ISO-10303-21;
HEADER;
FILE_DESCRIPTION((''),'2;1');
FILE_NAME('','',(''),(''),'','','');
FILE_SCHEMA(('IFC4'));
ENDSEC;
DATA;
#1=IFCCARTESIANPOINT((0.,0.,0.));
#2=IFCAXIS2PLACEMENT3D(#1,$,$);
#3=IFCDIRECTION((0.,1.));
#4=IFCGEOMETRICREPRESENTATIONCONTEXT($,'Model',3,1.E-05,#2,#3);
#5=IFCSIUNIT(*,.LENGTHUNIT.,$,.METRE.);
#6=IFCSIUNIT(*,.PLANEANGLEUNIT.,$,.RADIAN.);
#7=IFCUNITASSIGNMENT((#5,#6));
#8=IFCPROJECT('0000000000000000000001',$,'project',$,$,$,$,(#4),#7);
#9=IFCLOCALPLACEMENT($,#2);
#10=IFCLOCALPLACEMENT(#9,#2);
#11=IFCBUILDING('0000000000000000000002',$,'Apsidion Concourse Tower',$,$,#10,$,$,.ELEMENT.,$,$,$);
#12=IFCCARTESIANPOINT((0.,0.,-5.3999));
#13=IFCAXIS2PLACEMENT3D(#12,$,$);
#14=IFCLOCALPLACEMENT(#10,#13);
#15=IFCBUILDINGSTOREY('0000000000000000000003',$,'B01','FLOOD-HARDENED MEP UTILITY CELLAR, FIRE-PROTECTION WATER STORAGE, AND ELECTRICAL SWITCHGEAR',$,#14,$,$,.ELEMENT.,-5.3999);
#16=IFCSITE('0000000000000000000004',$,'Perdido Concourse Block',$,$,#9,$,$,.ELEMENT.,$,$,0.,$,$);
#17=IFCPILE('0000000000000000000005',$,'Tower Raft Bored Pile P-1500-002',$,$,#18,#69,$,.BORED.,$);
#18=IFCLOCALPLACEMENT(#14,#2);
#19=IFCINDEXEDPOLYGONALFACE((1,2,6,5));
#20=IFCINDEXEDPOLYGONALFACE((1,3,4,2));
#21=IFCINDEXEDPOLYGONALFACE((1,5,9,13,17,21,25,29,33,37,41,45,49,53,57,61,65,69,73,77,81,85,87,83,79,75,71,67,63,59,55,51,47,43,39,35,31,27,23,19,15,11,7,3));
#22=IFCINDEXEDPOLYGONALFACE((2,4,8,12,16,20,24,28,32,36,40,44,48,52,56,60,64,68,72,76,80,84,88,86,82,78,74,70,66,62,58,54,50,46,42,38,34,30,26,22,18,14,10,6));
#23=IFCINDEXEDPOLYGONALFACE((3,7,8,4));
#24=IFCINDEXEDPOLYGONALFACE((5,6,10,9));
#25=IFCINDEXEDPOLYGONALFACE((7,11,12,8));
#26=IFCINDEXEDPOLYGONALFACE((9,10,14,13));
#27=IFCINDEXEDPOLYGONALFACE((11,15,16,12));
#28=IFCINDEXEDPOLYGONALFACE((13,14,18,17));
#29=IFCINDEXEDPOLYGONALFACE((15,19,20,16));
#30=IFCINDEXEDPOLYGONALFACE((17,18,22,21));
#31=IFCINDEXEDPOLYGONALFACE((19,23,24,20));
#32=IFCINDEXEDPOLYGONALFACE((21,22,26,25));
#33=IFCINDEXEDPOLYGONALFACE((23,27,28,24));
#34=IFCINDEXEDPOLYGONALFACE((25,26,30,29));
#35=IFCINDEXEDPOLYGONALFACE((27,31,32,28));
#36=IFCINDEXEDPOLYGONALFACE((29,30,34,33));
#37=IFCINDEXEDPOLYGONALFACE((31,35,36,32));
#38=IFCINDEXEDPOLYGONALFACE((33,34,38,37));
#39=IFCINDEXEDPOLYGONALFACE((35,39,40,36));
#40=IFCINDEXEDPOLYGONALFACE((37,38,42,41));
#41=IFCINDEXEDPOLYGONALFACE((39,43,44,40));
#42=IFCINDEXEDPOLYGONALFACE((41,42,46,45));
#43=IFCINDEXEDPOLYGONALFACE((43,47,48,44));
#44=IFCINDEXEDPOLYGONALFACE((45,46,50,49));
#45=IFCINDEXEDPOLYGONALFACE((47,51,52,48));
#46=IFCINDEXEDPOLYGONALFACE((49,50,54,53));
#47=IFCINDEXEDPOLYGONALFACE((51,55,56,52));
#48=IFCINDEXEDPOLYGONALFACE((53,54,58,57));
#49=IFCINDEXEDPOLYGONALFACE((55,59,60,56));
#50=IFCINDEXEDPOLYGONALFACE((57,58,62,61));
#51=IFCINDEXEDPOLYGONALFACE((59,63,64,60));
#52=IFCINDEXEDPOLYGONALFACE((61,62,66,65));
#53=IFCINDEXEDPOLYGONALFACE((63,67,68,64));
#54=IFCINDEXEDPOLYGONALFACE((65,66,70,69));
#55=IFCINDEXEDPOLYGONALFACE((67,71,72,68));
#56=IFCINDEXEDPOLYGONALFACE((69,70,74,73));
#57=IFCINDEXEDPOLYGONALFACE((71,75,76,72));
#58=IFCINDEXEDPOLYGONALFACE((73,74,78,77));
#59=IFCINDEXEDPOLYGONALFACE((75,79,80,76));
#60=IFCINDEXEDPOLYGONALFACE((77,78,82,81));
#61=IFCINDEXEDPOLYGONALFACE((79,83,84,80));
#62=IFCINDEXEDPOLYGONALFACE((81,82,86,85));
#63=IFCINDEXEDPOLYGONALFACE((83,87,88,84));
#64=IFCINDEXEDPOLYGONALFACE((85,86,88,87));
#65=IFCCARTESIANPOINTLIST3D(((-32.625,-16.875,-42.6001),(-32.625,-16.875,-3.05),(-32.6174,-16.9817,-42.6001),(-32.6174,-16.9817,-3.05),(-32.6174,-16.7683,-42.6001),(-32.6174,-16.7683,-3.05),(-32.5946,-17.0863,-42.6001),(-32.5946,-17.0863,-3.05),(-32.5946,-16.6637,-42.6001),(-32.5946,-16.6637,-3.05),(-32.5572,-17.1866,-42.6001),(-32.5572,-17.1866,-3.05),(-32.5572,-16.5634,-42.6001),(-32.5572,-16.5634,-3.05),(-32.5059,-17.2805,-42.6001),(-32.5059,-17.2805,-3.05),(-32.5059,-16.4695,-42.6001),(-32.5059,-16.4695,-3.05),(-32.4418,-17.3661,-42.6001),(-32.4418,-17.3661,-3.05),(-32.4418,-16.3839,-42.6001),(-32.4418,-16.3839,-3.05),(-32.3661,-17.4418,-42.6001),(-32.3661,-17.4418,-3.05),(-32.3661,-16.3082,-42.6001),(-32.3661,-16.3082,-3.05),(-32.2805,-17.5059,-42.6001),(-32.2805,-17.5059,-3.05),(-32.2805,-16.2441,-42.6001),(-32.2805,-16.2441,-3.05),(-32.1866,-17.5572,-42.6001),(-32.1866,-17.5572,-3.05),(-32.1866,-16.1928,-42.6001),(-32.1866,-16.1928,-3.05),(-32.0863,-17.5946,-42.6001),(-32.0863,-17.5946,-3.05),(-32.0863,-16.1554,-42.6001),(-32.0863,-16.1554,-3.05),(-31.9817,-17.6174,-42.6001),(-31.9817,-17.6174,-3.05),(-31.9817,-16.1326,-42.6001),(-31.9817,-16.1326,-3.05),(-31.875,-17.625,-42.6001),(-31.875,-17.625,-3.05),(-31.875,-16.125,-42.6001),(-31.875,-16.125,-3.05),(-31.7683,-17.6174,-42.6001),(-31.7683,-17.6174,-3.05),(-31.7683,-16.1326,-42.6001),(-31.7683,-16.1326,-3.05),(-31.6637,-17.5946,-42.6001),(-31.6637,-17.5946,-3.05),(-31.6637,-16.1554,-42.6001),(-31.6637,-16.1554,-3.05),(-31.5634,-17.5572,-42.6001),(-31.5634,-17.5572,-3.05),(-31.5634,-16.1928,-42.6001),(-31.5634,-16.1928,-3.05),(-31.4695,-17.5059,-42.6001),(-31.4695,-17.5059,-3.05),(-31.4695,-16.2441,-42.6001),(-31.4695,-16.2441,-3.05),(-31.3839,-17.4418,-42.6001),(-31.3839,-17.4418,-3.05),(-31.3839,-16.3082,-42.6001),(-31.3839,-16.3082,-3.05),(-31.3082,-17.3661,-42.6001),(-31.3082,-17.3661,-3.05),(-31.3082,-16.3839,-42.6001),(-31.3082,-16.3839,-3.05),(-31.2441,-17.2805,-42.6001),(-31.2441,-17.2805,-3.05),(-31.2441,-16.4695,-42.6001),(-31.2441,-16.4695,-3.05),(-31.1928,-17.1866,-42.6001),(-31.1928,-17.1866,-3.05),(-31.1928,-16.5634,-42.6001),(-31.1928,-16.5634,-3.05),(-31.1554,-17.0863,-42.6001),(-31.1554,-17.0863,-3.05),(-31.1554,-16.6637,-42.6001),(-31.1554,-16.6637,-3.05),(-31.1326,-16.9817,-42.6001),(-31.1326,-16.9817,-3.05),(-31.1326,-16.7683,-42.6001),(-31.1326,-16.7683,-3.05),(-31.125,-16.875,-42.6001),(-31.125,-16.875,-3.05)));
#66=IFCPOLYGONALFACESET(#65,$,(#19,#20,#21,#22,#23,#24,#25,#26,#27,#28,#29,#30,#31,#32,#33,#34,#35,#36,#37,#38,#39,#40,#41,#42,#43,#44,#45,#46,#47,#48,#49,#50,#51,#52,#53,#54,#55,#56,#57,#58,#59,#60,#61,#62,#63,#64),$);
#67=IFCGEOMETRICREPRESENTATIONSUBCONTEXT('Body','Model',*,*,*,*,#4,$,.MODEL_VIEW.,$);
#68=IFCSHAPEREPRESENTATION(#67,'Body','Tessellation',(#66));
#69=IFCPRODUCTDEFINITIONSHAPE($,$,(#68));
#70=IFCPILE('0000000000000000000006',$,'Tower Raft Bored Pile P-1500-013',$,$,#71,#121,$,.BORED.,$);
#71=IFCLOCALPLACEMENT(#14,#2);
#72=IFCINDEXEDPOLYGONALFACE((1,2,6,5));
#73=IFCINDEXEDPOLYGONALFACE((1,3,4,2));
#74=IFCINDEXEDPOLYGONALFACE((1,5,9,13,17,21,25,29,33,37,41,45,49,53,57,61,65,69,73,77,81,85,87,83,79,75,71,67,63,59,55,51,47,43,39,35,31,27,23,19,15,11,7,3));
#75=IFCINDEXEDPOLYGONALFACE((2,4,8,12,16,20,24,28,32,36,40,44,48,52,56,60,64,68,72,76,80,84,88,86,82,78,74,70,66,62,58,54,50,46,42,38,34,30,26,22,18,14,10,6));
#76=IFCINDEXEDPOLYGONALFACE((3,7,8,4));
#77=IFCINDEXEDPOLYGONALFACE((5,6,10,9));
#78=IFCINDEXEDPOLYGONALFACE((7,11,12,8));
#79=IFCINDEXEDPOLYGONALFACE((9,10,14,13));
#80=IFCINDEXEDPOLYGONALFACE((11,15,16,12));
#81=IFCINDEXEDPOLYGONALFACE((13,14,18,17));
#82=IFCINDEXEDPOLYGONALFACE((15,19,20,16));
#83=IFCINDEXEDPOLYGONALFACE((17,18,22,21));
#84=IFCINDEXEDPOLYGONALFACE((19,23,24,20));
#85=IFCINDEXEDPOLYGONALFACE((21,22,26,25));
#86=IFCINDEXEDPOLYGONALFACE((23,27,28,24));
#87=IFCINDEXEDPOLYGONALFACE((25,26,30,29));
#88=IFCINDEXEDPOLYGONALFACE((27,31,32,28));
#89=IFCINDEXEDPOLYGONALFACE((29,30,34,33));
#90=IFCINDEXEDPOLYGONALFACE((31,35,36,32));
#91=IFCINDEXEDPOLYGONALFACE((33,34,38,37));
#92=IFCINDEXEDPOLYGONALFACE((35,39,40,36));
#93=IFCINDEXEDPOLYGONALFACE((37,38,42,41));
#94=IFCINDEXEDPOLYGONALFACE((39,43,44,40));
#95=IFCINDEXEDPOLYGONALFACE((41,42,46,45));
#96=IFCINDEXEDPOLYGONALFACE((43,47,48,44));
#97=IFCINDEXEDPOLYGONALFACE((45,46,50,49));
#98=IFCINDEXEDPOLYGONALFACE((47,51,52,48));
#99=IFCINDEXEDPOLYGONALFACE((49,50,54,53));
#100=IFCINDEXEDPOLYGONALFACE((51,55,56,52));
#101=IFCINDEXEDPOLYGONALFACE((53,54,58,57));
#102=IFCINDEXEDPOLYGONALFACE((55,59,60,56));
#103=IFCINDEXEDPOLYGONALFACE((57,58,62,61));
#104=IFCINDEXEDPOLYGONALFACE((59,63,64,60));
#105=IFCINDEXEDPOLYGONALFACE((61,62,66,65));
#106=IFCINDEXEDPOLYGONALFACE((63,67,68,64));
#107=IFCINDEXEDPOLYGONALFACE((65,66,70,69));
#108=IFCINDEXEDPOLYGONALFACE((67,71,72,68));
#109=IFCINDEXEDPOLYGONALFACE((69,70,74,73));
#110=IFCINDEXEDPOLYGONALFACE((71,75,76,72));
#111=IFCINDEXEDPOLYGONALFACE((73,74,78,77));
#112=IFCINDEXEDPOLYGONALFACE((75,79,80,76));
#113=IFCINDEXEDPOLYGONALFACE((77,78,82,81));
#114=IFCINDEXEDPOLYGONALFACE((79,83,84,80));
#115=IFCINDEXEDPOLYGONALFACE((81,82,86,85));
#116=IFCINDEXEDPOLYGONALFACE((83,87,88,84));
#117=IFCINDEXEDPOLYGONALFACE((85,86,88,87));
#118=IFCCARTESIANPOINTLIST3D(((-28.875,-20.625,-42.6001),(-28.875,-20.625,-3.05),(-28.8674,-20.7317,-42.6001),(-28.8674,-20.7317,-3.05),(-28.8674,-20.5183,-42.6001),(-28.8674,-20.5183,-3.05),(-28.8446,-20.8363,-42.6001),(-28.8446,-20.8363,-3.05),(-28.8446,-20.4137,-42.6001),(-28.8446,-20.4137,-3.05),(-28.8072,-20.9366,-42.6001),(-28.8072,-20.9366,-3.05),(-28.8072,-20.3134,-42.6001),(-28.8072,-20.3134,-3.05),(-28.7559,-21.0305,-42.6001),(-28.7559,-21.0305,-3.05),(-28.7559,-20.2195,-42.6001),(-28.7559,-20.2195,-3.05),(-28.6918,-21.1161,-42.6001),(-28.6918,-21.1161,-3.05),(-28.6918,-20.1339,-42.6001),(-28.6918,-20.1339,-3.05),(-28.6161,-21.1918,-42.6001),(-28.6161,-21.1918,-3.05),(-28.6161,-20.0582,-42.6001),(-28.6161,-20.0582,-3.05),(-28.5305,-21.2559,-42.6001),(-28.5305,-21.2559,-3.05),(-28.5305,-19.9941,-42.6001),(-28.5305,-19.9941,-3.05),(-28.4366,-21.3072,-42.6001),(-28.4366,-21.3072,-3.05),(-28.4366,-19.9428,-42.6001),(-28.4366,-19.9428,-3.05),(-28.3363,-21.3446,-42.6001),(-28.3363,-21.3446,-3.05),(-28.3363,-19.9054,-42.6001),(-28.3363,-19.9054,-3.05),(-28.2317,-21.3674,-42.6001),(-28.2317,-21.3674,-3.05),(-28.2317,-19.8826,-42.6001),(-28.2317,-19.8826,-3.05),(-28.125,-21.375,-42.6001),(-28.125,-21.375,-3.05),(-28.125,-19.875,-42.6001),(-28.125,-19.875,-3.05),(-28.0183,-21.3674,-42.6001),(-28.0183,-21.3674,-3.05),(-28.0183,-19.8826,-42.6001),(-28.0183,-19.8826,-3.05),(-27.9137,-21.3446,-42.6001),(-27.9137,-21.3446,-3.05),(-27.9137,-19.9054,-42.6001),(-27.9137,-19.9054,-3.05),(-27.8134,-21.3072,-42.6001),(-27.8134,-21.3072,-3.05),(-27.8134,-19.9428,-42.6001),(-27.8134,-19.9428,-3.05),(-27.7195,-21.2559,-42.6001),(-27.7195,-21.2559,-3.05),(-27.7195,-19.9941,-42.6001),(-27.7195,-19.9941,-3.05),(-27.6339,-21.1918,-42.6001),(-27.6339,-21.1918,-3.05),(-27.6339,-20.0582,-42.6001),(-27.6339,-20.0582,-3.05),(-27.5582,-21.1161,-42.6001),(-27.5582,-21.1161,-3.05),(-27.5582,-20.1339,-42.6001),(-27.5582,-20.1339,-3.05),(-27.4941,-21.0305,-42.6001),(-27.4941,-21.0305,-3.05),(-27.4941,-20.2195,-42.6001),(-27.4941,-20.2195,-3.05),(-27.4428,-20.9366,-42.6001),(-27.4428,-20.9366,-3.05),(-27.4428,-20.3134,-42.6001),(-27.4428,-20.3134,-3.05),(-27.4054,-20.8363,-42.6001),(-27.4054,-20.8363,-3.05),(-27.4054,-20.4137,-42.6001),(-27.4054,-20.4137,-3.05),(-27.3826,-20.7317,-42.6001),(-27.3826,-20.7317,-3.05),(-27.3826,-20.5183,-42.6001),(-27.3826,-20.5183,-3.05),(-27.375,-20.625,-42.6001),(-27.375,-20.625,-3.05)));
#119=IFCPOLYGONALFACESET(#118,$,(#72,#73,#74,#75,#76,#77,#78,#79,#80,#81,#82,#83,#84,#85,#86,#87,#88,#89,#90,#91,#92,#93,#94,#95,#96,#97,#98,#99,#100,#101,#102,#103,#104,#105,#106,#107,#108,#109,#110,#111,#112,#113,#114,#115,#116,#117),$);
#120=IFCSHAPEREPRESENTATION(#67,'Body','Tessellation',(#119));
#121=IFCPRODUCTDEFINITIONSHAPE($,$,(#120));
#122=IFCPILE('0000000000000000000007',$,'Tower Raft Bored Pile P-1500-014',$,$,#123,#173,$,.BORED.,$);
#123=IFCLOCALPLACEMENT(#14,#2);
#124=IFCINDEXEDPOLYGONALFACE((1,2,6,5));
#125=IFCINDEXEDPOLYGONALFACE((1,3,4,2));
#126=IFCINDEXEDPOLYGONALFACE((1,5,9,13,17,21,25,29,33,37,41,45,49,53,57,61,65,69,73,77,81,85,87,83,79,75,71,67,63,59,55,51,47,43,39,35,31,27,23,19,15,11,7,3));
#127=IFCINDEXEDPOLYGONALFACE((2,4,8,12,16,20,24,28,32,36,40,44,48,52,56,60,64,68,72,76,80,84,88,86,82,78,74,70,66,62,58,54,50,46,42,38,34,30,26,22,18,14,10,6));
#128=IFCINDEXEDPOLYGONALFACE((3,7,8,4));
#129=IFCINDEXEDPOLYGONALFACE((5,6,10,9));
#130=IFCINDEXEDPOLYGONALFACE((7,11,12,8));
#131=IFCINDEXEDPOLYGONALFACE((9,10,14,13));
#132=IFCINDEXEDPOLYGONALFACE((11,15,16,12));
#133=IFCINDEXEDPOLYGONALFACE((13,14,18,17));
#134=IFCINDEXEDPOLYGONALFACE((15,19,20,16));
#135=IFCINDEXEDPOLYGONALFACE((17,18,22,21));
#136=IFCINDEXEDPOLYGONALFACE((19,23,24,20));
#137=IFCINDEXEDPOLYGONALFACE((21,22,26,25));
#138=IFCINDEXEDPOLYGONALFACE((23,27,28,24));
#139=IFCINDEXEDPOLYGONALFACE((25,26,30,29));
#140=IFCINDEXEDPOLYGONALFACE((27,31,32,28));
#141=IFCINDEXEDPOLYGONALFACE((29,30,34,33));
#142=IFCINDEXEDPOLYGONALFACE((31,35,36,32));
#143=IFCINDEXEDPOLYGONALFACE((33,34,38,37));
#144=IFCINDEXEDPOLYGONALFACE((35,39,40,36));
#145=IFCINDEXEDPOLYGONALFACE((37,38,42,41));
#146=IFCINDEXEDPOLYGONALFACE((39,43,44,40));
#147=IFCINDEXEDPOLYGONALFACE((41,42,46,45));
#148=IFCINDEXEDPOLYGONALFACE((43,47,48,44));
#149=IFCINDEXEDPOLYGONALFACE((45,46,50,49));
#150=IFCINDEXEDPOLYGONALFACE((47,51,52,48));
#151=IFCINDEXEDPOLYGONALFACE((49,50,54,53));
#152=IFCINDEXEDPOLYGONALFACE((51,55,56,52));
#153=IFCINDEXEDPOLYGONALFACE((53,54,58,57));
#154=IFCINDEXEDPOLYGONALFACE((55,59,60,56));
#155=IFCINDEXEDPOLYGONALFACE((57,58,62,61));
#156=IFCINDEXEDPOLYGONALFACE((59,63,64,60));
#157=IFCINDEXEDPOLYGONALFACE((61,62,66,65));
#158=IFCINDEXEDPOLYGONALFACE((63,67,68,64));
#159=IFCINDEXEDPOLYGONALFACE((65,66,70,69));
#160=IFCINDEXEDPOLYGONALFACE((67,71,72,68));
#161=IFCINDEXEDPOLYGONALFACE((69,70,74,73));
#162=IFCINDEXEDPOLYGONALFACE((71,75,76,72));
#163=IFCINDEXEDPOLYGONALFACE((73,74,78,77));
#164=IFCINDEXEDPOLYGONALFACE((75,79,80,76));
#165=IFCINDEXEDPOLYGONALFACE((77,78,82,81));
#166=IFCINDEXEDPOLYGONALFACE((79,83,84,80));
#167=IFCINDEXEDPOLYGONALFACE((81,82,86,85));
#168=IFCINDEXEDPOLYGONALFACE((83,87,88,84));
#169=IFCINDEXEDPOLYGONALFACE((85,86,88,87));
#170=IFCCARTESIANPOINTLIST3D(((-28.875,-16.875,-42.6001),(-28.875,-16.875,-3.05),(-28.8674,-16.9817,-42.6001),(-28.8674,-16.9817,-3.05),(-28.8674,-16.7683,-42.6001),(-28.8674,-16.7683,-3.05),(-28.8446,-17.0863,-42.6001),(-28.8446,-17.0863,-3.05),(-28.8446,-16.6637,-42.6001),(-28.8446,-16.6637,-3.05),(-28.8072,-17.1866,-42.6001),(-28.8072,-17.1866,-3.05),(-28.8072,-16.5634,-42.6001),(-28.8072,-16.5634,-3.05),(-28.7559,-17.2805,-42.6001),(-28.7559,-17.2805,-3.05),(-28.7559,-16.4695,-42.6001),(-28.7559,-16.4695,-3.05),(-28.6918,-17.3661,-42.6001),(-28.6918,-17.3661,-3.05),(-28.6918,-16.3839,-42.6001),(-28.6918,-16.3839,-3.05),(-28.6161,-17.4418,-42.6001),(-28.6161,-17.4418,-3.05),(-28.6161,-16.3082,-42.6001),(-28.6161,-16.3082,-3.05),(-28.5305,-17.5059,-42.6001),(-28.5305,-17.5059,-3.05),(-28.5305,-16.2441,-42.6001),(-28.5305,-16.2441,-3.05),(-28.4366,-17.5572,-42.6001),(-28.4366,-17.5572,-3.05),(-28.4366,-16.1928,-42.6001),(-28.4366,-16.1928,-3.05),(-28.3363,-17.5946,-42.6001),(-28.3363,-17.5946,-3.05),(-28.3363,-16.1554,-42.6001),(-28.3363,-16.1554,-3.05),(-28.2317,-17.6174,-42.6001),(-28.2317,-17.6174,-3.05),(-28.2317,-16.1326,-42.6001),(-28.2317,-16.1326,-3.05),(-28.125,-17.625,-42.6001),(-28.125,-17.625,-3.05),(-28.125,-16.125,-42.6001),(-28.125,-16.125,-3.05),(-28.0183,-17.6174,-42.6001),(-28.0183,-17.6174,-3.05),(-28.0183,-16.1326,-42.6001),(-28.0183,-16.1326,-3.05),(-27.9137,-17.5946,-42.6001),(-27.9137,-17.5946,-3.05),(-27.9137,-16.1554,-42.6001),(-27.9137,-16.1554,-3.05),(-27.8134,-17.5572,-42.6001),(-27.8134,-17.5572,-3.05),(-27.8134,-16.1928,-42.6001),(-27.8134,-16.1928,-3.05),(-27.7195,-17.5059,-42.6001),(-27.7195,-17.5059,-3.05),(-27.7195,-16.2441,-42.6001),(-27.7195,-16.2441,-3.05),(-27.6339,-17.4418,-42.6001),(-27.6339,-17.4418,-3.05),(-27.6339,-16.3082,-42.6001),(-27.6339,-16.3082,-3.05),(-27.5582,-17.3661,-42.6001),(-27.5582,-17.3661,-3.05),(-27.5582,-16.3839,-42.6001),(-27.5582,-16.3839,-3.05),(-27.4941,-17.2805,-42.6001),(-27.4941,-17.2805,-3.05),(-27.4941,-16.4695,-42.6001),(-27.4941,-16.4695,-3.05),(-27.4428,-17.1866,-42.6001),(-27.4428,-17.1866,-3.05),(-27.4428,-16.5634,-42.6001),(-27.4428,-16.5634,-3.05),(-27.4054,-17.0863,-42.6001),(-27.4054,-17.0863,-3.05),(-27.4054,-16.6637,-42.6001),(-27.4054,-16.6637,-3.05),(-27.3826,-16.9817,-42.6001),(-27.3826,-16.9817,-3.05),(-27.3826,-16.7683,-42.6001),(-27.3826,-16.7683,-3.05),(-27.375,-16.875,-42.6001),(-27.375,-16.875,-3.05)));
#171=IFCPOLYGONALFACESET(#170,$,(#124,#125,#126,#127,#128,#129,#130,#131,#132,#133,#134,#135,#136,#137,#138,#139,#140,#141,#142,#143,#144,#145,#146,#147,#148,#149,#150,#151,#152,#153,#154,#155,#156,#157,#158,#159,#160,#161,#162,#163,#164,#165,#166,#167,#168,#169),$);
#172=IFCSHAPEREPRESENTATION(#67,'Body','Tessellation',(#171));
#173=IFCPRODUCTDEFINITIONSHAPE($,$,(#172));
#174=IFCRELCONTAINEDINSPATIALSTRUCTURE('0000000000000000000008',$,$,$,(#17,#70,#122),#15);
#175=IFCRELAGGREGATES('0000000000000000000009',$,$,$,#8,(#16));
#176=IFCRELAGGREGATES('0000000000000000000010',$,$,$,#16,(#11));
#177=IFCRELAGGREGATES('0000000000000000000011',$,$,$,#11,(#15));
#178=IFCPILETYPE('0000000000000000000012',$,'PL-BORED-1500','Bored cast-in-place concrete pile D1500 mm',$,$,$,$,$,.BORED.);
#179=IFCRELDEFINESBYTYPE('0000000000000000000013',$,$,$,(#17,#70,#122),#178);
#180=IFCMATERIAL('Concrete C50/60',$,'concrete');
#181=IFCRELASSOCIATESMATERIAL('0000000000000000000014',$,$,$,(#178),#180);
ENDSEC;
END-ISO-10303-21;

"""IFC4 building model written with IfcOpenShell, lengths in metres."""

from ifc_helpers import new_model, si_unit, direction, frame, origin, origin_2d, place, context, subcontext, project, spatial, circle, extrude, material, material_profile, profile_set, type_object, element, save


model = new_model("IFC4")

# Units and contexts
model_context = context("Model", 3, precision=1e-05, world=origin(), true_north=direction((0.0, 1.0)))
body_context = subcontext(model_context, "Body", "Model", "MODEL_VIEW")
ifc_project = project(units=[si_unit("LENGTHUNIT", "METRE"), si_unit("PLANEANGLEUNIT", "RADIAN")], contexts=[model_context])

# Site, building, storey
site_placement = place(None, origin())
site = spatial("IfcSite", under=ifc_project, at=site_placement, Name="Perdido Concourse Block", CompositionType="ELEMENT", RefElevation=0.0)
building_placement = place(site_placement, origin())
building = spatial("IfcBuilding", under=site, at=building_placement, Name="Apsidion Concourse Tower", CompositionType="ELEMENT")
storey_placement = place(building_placement, frame((0.0, 0.0, -5.3999)))
storey = spatial("IfcBuildingStorey", under=building, at=storey_placement, Name="B01", Description="FLOOD-HARDENED MEP UTILITY CELLAR, FIRE-PROTECTION WATER STORAGE, AND ELECTRICAL SWITCHGEAR", CompositionType="ELEMENT", Elevation=-5.3999)

# Shared definitions
ifc_material_1 = material(Name="Concrete C50/60", Category="concrete")

# Piles
ifc_material_profile_1 = material_profile(ifc_material_1, circle(Radius=0.75, at=origin_2d()), Name="BORED PILE D1500")
ifc_profile_set_1 = profile_set([ifc_material_profile_1], Name="Concrete C50/60")
pile_type_1 = type_object("IfcPileType", Name="PL-BORED-1500", Description="Bored cast-in-place concrete pile D1500 mm", PredefinedType="BORED", material=ifc_profile_set_1)
for number, where, z_axis, x_axis, name in (
    (1, (-31.875, -16.875, -3.05), (0.0, 0.0, -1.0), (1.0, 0.0, 0.0), "Tower Raft Bored Pile P-1500-002"),
    (2, (-28.125, -20.625, -3.05), (0.0, 0.0, -1.0), (1.0, 0.0, 0.0), "Tower Raft Bored Pile P-1500-013"),
    (3, (-28.125, -16.875, -3.05), (0.0, 0.0, -1.0), (1.0, 0.0, 0.0), "Tower Raft Bored Pile P-1500-014"),
):
    element("IfcPile", number, at=place(storey_placement, frame(where, z_axis=z_axis, x_axis=x_axis)), inside=storey, type_object=pile_type_1, Name=name, PredefinedType="BORED", context=body_context, shape_type="SweptSolid", body=[
        extrude(circle(Radius=0.75, at=origin_2d()), origin(), (0.0, 0.0, 1.0), 39.55),
    ])

save(model, "model.ifc")
